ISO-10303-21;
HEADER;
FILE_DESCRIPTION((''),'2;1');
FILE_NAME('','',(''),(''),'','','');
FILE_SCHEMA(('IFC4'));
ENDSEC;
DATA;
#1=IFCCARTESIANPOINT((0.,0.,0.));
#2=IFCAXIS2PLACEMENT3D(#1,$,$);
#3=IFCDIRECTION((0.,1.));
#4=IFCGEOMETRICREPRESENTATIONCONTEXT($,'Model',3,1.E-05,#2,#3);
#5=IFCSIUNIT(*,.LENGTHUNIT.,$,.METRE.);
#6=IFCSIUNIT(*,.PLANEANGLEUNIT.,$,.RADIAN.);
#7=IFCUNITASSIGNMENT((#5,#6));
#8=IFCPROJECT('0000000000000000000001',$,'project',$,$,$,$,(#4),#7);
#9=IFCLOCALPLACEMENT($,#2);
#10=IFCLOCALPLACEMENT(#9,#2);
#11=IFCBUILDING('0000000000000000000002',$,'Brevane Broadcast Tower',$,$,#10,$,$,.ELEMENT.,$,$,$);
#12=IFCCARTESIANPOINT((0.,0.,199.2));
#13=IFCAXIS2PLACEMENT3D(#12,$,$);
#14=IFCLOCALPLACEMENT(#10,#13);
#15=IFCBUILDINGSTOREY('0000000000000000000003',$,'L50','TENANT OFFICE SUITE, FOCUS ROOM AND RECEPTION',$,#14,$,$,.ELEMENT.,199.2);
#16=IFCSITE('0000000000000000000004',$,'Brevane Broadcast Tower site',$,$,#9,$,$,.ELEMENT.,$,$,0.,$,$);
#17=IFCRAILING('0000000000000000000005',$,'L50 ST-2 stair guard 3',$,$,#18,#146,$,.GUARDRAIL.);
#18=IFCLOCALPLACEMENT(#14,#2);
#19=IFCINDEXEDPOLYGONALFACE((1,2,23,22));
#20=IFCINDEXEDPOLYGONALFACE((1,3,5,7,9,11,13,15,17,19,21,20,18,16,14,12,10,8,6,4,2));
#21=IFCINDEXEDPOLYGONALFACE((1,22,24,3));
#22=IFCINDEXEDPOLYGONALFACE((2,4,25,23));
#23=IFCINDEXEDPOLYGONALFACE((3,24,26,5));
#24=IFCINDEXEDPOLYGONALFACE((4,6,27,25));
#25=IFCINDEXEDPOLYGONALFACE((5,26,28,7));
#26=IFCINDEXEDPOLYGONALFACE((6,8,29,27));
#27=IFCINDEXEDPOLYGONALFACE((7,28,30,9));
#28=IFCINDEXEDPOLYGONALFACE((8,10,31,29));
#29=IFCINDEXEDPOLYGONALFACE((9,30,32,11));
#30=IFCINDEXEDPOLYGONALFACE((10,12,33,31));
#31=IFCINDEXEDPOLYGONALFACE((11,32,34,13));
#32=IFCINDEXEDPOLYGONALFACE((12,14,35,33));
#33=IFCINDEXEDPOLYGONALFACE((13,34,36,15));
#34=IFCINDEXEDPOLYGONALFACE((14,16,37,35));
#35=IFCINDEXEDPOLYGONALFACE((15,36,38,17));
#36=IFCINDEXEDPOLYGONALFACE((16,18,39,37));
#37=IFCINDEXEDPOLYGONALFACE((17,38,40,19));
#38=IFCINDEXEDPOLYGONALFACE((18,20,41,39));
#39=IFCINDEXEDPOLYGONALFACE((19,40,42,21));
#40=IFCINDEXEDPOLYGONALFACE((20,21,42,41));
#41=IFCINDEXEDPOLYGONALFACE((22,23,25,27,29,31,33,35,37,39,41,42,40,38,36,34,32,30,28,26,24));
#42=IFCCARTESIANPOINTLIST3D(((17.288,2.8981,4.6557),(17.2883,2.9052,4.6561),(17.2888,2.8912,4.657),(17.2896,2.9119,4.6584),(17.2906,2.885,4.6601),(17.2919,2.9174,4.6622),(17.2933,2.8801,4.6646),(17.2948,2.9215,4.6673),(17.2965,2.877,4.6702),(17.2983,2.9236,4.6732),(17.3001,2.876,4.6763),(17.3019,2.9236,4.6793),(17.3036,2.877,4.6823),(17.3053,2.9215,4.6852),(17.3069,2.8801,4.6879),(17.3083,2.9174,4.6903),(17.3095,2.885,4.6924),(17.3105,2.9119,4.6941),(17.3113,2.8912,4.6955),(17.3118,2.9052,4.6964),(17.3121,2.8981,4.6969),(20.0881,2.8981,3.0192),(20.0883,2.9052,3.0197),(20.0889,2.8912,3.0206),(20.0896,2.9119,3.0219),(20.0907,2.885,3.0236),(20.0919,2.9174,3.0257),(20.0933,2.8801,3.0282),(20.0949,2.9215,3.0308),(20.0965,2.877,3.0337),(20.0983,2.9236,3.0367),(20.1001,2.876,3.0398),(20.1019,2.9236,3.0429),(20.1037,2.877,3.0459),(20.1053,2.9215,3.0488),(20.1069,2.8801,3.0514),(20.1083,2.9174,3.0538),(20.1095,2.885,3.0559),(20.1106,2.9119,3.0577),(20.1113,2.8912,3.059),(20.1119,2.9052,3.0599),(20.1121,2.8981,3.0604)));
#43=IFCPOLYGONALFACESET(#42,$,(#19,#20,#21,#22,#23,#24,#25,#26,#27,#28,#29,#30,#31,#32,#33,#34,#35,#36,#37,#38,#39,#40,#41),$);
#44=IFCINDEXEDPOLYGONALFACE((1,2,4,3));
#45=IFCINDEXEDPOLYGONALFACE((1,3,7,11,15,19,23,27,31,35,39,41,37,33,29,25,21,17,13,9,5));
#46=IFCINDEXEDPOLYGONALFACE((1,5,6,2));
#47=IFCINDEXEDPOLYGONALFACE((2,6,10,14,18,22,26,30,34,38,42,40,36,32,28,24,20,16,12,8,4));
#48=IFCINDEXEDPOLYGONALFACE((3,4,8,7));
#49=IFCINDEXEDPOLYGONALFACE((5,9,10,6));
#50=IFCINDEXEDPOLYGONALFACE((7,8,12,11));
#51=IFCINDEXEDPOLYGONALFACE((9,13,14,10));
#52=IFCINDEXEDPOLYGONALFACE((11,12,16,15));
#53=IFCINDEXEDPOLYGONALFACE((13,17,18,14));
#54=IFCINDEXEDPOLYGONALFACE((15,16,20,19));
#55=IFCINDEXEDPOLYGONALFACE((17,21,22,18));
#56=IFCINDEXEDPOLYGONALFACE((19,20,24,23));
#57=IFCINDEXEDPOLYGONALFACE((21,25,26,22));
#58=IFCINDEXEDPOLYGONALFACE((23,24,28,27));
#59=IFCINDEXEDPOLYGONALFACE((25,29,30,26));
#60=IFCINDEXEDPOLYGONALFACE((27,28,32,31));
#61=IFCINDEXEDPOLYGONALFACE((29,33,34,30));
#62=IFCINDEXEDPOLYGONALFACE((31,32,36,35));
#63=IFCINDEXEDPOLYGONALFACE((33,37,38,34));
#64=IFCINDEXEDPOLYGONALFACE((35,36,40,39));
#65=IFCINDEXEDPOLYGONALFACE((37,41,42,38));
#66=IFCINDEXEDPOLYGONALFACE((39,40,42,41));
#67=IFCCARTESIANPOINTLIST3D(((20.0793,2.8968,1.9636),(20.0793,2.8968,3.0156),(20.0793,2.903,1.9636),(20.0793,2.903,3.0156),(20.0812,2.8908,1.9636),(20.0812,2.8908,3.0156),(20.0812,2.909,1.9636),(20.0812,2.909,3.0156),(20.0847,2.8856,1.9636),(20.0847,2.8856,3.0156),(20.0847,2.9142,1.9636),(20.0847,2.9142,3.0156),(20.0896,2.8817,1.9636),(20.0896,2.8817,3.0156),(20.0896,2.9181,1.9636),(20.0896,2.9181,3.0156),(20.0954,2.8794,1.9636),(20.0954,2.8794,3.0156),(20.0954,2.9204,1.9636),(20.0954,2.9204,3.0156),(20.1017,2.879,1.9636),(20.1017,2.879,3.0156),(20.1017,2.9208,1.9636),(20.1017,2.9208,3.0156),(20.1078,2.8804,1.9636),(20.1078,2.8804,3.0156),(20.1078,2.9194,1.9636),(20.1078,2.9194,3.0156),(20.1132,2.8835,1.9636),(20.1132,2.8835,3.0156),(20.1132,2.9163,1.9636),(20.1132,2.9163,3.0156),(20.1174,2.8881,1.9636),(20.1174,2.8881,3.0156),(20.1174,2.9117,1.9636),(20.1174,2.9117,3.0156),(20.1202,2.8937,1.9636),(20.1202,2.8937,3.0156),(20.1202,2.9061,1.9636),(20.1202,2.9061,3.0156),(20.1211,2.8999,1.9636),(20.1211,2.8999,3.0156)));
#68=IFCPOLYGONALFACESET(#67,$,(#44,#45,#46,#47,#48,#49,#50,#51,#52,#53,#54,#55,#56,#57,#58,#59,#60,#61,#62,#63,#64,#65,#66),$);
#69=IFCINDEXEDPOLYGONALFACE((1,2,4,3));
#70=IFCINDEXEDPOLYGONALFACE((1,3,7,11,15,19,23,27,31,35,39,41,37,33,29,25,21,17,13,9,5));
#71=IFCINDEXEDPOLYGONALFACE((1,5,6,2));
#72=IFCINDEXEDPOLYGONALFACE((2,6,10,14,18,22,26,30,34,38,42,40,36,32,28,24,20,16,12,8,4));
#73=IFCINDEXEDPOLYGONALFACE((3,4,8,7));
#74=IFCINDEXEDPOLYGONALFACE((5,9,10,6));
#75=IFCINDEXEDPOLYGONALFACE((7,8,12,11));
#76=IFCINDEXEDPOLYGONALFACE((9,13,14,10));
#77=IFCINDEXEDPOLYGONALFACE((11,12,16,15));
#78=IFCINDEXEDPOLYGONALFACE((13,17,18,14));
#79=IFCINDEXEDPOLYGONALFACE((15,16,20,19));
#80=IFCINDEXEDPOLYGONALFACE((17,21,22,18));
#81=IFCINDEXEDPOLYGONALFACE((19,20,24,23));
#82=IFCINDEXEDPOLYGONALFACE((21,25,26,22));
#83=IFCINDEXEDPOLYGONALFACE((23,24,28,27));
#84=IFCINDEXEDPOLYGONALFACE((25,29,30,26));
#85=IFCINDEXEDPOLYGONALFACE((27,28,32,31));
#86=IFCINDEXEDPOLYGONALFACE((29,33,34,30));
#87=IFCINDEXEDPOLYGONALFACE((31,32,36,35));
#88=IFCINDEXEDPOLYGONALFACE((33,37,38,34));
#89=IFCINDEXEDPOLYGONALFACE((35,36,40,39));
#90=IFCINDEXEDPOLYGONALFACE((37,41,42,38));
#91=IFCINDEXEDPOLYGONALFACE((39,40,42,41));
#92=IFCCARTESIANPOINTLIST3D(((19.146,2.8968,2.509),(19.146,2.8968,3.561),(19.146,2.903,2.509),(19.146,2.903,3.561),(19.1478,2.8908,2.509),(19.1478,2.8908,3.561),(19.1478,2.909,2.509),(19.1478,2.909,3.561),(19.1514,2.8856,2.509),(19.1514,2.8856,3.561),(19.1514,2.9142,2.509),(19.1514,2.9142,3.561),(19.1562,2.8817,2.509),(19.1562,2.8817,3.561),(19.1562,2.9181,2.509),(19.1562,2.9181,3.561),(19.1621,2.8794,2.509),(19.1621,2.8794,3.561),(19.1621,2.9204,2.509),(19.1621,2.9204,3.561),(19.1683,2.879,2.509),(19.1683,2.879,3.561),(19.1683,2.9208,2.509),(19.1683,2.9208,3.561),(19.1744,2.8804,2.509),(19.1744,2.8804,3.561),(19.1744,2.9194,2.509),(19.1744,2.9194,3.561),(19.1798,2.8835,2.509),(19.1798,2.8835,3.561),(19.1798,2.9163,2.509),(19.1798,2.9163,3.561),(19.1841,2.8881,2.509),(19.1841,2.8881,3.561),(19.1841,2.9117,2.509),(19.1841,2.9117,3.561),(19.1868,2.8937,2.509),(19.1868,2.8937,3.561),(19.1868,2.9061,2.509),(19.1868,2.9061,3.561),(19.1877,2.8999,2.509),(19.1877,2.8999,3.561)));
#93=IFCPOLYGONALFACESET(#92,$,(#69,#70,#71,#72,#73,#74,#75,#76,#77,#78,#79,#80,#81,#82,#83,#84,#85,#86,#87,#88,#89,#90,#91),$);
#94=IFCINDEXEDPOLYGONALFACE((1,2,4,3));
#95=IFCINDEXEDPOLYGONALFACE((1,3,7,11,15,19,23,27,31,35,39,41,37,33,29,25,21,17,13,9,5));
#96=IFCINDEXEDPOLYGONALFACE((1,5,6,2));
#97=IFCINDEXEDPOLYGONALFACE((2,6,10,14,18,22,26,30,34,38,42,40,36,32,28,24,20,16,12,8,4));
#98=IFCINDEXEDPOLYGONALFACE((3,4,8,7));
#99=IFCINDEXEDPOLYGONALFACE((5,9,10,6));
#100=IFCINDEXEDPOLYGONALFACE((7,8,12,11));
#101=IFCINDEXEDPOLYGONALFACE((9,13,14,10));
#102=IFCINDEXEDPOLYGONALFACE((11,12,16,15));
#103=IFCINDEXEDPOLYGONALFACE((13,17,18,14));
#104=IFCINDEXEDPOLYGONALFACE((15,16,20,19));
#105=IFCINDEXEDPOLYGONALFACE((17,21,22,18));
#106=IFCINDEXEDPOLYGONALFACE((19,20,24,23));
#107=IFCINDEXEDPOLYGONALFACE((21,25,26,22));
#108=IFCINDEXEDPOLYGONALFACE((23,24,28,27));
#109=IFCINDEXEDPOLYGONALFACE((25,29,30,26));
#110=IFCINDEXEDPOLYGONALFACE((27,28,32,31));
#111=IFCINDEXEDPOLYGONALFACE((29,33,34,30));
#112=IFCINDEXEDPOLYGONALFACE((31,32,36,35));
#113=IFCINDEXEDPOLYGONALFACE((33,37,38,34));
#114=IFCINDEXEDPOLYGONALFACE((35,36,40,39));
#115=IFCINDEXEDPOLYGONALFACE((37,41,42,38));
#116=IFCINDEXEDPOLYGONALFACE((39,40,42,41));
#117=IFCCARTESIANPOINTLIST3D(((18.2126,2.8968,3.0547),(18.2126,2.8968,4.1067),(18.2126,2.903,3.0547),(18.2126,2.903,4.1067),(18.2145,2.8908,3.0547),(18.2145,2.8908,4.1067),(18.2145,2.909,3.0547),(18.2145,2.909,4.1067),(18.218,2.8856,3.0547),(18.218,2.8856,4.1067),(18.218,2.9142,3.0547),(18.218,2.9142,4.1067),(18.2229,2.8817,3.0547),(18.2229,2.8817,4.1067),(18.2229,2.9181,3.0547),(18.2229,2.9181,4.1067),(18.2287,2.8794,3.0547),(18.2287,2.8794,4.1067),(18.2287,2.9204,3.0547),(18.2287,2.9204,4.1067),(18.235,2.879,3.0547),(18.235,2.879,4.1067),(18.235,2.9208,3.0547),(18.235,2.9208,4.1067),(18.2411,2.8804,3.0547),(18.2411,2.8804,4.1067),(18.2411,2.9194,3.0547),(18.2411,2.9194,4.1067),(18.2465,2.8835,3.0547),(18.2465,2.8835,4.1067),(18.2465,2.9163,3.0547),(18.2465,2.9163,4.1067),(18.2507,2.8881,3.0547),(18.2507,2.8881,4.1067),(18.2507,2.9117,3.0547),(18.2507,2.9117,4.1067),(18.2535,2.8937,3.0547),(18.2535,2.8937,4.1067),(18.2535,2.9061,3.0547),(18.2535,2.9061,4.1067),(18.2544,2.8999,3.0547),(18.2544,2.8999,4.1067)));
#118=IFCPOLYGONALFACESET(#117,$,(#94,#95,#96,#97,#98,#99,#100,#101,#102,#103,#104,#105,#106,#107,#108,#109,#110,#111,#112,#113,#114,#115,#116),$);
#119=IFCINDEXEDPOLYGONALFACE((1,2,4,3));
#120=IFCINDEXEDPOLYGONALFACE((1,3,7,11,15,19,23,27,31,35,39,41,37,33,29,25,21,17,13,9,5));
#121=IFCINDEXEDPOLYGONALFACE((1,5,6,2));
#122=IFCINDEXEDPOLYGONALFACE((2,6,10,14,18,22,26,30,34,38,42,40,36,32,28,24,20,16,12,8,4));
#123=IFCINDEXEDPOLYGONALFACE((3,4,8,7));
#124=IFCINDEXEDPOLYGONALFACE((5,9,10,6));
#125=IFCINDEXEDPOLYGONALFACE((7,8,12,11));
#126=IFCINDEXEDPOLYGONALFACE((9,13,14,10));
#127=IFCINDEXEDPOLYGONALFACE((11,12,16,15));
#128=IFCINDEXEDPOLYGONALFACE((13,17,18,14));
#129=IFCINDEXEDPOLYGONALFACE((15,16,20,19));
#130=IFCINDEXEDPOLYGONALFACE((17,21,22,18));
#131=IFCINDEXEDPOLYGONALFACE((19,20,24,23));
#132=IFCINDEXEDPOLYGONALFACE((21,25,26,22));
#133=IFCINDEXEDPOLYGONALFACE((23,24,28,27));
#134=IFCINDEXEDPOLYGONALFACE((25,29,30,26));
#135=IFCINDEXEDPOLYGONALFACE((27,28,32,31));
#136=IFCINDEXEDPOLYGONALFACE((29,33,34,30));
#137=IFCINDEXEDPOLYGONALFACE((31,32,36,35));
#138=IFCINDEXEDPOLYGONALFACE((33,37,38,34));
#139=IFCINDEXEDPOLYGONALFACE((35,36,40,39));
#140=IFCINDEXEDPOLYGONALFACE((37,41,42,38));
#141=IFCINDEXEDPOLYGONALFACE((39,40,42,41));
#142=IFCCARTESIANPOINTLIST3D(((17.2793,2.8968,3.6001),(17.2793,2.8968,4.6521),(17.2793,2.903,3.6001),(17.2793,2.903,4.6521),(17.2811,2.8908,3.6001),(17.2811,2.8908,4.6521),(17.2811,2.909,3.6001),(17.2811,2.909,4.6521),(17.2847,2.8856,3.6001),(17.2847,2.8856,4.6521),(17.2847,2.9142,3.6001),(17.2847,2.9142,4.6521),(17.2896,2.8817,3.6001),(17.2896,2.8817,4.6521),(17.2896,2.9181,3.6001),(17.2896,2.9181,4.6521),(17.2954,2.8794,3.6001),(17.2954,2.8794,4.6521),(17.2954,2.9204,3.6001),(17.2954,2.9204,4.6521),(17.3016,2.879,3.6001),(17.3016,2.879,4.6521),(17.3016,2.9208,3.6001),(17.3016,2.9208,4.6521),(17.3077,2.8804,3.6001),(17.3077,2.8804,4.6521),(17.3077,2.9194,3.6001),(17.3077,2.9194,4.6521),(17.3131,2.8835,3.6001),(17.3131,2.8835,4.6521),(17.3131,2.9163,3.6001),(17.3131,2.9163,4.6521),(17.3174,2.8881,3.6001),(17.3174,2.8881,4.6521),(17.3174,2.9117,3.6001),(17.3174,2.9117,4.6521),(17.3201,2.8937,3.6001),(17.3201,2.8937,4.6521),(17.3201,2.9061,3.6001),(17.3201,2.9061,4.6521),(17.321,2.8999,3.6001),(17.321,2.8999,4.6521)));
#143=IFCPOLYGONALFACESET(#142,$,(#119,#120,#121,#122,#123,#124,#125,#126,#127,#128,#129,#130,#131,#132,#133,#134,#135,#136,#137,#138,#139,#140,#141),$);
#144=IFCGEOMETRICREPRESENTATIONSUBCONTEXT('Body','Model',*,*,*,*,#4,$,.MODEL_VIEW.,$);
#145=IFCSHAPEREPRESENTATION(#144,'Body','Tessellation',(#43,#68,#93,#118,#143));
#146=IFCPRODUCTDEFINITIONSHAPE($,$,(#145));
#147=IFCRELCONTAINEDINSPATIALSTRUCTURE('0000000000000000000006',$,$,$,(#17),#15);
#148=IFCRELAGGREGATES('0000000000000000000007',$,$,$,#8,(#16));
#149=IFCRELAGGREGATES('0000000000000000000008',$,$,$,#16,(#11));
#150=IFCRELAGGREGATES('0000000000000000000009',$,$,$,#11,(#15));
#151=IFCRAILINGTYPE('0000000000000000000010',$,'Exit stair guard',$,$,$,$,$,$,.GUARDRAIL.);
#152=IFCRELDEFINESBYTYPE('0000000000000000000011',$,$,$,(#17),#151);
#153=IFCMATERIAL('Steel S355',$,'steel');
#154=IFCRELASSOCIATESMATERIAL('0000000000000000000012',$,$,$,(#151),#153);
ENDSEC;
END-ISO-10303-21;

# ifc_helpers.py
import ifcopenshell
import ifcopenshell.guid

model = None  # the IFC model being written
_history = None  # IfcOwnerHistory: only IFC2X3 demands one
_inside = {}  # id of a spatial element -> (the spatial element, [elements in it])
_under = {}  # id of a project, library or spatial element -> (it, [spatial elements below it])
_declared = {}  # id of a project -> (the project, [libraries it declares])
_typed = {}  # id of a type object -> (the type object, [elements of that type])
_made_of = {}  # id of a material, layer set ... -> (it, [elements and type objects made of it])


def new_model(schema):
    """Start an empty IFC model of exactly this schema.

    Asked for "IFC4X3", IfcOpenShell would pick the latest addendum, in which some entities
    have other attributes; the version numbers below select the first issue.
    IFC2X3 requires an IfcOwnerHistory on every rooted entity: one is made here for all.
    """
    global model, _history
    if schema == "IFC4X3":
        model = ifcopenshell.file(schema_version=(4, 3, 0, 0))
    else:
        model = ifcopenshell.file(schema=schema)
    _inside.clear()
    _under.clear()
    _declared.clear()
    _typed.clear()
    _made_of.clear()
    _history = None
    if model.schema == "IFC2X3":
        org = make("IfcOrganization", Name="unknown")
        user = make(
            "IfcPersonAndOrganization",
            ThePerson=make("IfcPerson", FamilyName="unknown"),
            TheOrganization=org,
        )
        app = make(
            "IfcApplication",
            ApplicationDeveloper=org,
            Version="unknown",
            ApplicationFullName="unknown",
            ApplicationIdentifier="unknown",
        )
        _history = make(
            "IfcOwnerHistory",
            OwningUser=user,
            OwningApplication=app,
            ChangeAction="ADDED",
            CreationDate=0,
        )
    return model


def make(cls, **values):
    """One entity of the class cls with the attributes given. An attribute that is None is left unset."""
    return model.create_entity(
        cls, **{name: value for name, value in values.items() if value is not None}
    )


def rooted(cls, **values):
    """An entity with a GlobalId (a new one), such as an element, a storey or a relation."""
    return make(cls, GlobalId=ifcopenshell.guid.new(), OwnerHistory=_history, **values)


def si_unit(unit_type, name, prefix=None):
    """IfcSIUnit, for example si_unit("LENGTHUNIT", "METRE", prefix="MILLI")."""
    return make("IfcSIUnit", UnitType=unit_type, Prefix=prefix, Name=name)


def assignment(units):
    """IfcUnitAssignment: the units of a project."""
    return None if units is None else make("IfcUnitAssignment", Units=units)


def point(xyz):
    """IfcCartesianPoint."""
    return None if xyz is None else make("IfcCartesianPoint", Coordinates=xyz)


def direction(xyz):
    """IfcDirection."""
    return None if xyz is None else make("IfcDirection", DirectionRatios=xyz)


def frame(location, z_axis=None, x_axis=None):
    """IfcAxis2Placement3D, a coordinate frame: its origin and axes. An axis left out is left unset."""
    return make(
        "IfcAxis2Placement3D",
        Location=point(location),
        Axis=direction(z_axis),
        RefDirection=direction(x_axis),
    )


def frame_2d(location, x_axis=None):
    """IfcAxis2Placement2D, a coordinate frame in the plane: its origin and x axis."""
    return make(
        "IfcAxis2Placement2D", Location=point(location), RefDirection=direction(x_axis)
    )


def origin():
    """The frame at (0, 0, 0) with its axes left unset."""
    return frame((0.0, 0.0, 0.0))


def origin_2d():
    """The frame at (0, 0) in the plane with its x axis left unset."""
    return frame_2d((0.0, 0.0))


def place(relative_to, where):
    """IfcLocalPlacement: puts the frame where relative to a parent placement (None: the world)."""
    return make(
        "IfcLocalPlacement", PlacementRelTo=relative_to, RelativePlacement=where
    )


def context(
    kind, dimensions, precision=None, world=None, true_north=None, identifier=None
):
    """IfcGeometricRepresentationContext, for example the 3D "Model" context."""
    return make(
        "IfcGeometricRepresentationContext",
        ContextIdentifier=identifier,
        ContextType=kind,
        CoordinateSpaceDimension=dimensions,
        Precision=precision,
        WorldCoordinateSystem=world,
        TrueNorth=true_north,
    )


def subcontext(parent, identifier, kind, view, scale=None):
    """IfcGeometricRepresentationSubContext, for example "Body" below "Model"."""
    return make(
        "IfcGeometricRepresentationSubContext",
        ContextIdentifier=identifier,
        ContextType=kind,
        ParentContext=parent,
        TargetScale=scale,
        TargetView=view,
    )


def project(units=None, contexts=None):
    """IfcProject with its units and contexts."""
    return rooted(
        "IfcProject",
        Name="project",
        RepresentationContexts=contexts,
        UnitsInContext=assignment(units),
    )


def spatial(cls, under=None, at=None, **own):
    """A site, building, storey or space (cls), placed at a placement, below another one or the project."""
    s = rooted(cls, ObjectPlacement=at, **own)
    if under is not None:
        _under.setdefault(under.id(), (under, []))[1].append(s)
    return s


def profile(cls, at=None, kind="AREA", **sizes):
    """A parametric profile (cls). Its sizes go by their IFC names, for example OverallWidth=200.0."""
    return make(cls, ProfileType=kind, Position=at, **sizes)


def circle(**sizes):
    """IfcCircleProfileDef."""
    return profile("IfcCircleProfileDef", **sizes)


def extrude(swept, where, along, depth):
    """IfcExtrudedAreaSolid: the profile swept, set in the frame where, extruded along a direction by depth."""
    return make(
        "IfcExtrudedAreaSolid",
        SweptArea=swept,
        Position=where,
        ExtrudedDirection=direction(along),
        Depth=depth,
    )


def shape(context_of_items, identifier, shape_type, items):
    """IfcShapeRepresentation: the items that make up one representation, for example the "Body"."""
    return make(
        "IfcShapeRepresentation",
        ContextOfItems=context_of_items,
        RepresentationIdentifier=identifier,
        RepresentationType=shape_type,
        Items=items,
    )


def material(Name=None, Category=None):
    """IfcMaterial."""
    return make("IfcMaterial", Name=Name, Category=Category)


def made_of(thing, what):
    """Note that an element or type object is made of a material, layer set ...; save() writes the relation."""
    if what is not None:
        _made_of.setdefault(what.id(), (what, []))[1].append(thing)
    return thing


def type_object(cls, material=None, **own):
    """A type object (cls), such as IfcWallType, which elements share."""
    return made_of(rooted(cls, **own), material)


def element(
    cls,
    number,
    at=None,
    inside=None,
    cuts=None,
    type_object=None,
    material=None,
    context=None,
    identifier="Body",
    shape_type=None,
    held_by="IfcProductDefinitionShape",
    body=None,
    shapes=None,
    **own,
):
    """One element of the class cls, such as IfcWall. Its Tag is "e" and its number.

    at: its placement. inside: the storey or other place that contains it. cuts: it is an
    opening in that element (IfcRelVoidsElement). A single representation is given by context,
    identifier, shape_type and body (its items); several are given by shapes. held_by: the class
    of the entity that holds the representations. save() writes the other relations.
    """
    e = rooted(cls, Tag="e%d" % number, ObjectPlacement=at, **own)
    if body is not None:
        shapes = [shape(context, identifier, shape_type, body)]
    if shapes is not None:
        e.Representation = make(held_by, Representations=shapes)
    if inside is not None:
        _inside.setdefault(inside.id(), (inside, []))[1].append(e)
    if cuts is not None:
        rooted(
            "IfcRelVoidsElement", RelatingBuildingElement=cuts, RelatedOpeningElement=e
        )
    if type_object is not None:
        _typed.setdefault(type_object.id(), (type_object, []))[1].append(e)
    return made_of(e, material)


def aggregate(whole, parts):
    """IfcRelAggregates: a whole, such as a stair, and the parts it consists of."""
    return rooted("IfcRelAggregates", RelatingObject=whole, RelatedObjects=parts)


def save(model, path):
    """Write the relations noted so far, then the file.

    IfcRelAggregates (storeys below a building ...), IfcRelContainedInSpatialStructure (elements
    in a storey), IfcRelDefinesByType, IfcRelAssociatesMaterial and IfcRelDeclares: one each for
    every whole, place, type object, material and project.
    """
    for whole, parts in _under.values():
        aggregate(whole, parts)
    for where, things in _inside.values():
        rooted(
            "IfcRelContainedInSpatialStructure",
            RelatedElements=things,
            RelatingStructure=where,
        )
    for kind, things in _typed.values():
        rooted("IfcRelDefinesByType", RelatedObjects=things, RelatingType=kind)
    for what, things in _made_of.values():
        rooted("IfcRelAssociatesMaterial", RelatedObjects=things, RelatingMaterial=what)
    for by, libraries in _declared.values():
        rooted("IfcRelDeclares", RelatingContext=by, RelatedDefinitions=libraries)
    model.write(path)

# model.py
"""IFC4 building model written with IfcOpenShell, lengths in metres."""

from ifc_helpers import new_model, si_unit, direction, frame, origin, origin_2d, place, context, subcontext, project, spatial, circle, extrude, material, type_object, element, save


model = new_model("IFC4")

# Units and contexts
model_context = context("Model", 3, precision=1e-05, world=origin(), true_north=direction((0.0, 1.0)))
body_context = subcontext(model_context, "Body", "Model", "MODEL_VIEW")
ifc_project = project(units=[si_unit("LENGTHUNIT", "METRE"), si_unit("PLANEANGLEUNIT", "RADIAN")], contexts=[model_context])

# Site, building, storey
site_placement = place(None, origin())
site = spatial("IfcSite", under=ifc_project, at=site_placement, Name="Brevane Broadcast Tower site", CompositionType="ELEMENT", RefElevation=0.0)
building_placement = place(site_placement, origin())
building = spatial("IfcBuilding", under=site, at=building_placement, Name="Brevane Broadcast Tower", CompositionType="ELEMENT")
storey_placement = place(building_placement, frame((0.0, 0.0, 199.2)))
storey = spatial("IfcBuildingStorey", under=building, at=storey_placement, Name="L50", Description="TENANT OFFICE SUITE, FOCUS ROOM AND RECEPTION", CompositionType="ELEMENT", Elevation=199.2)

# Railing
ifc_material_1 = material(Name="Steel S355", Category="steel")
railing_type_1 = type_object("IfcRailingType", Name="Exit stair guard", PredefinedType="GUARDRAIL", material=ifc_material_1)
railing_1_placement = place(storey_placement, frame((20.1001, 2.8999, 1.9636)))
element("IfcRailing", 1, at=railing_1_placement, inside=storey, type_object=railing_type_1, Name="L50 ST-2 stair guard 3", PredefinedType="GUARDRAIL", context=body_context, shape_type="SweptSolid", body=[
    extrude(circle(Radius=0.0239, at=origin_2d()), frame((0.0, 0.0, 1.0762), z_axis=(-0.863361, 0.0, 0.504587), x_axis=(0.0, -1.0, 0.0)), (0.0, 0.0, 1.0), 3.2432),
    extrude(circle(Radius=0.021, at=origin_2d()), origin(), (0.0, 0.0, 1.0), 1.052),
    extrude(circle(Radius=0.021, at=origin_2d()), frame((-0.9333, 0.0, 0.5454)), (0.0, 0.0, 1.0), 1.052),
    extrude(circle(Radius=0.021, at=origin_2d()), frame((-1.8667, 0.0, 1.0911)), (0.0, 0.0, 1.0), 1.052),
    extrude(circle(Radius=0.021, at=origin_2d()), frame((-2.8, 0.0, 1.6365)), (0.0, 0.0, 1.0), 1.052),
])

save(model, "model.ifc")
